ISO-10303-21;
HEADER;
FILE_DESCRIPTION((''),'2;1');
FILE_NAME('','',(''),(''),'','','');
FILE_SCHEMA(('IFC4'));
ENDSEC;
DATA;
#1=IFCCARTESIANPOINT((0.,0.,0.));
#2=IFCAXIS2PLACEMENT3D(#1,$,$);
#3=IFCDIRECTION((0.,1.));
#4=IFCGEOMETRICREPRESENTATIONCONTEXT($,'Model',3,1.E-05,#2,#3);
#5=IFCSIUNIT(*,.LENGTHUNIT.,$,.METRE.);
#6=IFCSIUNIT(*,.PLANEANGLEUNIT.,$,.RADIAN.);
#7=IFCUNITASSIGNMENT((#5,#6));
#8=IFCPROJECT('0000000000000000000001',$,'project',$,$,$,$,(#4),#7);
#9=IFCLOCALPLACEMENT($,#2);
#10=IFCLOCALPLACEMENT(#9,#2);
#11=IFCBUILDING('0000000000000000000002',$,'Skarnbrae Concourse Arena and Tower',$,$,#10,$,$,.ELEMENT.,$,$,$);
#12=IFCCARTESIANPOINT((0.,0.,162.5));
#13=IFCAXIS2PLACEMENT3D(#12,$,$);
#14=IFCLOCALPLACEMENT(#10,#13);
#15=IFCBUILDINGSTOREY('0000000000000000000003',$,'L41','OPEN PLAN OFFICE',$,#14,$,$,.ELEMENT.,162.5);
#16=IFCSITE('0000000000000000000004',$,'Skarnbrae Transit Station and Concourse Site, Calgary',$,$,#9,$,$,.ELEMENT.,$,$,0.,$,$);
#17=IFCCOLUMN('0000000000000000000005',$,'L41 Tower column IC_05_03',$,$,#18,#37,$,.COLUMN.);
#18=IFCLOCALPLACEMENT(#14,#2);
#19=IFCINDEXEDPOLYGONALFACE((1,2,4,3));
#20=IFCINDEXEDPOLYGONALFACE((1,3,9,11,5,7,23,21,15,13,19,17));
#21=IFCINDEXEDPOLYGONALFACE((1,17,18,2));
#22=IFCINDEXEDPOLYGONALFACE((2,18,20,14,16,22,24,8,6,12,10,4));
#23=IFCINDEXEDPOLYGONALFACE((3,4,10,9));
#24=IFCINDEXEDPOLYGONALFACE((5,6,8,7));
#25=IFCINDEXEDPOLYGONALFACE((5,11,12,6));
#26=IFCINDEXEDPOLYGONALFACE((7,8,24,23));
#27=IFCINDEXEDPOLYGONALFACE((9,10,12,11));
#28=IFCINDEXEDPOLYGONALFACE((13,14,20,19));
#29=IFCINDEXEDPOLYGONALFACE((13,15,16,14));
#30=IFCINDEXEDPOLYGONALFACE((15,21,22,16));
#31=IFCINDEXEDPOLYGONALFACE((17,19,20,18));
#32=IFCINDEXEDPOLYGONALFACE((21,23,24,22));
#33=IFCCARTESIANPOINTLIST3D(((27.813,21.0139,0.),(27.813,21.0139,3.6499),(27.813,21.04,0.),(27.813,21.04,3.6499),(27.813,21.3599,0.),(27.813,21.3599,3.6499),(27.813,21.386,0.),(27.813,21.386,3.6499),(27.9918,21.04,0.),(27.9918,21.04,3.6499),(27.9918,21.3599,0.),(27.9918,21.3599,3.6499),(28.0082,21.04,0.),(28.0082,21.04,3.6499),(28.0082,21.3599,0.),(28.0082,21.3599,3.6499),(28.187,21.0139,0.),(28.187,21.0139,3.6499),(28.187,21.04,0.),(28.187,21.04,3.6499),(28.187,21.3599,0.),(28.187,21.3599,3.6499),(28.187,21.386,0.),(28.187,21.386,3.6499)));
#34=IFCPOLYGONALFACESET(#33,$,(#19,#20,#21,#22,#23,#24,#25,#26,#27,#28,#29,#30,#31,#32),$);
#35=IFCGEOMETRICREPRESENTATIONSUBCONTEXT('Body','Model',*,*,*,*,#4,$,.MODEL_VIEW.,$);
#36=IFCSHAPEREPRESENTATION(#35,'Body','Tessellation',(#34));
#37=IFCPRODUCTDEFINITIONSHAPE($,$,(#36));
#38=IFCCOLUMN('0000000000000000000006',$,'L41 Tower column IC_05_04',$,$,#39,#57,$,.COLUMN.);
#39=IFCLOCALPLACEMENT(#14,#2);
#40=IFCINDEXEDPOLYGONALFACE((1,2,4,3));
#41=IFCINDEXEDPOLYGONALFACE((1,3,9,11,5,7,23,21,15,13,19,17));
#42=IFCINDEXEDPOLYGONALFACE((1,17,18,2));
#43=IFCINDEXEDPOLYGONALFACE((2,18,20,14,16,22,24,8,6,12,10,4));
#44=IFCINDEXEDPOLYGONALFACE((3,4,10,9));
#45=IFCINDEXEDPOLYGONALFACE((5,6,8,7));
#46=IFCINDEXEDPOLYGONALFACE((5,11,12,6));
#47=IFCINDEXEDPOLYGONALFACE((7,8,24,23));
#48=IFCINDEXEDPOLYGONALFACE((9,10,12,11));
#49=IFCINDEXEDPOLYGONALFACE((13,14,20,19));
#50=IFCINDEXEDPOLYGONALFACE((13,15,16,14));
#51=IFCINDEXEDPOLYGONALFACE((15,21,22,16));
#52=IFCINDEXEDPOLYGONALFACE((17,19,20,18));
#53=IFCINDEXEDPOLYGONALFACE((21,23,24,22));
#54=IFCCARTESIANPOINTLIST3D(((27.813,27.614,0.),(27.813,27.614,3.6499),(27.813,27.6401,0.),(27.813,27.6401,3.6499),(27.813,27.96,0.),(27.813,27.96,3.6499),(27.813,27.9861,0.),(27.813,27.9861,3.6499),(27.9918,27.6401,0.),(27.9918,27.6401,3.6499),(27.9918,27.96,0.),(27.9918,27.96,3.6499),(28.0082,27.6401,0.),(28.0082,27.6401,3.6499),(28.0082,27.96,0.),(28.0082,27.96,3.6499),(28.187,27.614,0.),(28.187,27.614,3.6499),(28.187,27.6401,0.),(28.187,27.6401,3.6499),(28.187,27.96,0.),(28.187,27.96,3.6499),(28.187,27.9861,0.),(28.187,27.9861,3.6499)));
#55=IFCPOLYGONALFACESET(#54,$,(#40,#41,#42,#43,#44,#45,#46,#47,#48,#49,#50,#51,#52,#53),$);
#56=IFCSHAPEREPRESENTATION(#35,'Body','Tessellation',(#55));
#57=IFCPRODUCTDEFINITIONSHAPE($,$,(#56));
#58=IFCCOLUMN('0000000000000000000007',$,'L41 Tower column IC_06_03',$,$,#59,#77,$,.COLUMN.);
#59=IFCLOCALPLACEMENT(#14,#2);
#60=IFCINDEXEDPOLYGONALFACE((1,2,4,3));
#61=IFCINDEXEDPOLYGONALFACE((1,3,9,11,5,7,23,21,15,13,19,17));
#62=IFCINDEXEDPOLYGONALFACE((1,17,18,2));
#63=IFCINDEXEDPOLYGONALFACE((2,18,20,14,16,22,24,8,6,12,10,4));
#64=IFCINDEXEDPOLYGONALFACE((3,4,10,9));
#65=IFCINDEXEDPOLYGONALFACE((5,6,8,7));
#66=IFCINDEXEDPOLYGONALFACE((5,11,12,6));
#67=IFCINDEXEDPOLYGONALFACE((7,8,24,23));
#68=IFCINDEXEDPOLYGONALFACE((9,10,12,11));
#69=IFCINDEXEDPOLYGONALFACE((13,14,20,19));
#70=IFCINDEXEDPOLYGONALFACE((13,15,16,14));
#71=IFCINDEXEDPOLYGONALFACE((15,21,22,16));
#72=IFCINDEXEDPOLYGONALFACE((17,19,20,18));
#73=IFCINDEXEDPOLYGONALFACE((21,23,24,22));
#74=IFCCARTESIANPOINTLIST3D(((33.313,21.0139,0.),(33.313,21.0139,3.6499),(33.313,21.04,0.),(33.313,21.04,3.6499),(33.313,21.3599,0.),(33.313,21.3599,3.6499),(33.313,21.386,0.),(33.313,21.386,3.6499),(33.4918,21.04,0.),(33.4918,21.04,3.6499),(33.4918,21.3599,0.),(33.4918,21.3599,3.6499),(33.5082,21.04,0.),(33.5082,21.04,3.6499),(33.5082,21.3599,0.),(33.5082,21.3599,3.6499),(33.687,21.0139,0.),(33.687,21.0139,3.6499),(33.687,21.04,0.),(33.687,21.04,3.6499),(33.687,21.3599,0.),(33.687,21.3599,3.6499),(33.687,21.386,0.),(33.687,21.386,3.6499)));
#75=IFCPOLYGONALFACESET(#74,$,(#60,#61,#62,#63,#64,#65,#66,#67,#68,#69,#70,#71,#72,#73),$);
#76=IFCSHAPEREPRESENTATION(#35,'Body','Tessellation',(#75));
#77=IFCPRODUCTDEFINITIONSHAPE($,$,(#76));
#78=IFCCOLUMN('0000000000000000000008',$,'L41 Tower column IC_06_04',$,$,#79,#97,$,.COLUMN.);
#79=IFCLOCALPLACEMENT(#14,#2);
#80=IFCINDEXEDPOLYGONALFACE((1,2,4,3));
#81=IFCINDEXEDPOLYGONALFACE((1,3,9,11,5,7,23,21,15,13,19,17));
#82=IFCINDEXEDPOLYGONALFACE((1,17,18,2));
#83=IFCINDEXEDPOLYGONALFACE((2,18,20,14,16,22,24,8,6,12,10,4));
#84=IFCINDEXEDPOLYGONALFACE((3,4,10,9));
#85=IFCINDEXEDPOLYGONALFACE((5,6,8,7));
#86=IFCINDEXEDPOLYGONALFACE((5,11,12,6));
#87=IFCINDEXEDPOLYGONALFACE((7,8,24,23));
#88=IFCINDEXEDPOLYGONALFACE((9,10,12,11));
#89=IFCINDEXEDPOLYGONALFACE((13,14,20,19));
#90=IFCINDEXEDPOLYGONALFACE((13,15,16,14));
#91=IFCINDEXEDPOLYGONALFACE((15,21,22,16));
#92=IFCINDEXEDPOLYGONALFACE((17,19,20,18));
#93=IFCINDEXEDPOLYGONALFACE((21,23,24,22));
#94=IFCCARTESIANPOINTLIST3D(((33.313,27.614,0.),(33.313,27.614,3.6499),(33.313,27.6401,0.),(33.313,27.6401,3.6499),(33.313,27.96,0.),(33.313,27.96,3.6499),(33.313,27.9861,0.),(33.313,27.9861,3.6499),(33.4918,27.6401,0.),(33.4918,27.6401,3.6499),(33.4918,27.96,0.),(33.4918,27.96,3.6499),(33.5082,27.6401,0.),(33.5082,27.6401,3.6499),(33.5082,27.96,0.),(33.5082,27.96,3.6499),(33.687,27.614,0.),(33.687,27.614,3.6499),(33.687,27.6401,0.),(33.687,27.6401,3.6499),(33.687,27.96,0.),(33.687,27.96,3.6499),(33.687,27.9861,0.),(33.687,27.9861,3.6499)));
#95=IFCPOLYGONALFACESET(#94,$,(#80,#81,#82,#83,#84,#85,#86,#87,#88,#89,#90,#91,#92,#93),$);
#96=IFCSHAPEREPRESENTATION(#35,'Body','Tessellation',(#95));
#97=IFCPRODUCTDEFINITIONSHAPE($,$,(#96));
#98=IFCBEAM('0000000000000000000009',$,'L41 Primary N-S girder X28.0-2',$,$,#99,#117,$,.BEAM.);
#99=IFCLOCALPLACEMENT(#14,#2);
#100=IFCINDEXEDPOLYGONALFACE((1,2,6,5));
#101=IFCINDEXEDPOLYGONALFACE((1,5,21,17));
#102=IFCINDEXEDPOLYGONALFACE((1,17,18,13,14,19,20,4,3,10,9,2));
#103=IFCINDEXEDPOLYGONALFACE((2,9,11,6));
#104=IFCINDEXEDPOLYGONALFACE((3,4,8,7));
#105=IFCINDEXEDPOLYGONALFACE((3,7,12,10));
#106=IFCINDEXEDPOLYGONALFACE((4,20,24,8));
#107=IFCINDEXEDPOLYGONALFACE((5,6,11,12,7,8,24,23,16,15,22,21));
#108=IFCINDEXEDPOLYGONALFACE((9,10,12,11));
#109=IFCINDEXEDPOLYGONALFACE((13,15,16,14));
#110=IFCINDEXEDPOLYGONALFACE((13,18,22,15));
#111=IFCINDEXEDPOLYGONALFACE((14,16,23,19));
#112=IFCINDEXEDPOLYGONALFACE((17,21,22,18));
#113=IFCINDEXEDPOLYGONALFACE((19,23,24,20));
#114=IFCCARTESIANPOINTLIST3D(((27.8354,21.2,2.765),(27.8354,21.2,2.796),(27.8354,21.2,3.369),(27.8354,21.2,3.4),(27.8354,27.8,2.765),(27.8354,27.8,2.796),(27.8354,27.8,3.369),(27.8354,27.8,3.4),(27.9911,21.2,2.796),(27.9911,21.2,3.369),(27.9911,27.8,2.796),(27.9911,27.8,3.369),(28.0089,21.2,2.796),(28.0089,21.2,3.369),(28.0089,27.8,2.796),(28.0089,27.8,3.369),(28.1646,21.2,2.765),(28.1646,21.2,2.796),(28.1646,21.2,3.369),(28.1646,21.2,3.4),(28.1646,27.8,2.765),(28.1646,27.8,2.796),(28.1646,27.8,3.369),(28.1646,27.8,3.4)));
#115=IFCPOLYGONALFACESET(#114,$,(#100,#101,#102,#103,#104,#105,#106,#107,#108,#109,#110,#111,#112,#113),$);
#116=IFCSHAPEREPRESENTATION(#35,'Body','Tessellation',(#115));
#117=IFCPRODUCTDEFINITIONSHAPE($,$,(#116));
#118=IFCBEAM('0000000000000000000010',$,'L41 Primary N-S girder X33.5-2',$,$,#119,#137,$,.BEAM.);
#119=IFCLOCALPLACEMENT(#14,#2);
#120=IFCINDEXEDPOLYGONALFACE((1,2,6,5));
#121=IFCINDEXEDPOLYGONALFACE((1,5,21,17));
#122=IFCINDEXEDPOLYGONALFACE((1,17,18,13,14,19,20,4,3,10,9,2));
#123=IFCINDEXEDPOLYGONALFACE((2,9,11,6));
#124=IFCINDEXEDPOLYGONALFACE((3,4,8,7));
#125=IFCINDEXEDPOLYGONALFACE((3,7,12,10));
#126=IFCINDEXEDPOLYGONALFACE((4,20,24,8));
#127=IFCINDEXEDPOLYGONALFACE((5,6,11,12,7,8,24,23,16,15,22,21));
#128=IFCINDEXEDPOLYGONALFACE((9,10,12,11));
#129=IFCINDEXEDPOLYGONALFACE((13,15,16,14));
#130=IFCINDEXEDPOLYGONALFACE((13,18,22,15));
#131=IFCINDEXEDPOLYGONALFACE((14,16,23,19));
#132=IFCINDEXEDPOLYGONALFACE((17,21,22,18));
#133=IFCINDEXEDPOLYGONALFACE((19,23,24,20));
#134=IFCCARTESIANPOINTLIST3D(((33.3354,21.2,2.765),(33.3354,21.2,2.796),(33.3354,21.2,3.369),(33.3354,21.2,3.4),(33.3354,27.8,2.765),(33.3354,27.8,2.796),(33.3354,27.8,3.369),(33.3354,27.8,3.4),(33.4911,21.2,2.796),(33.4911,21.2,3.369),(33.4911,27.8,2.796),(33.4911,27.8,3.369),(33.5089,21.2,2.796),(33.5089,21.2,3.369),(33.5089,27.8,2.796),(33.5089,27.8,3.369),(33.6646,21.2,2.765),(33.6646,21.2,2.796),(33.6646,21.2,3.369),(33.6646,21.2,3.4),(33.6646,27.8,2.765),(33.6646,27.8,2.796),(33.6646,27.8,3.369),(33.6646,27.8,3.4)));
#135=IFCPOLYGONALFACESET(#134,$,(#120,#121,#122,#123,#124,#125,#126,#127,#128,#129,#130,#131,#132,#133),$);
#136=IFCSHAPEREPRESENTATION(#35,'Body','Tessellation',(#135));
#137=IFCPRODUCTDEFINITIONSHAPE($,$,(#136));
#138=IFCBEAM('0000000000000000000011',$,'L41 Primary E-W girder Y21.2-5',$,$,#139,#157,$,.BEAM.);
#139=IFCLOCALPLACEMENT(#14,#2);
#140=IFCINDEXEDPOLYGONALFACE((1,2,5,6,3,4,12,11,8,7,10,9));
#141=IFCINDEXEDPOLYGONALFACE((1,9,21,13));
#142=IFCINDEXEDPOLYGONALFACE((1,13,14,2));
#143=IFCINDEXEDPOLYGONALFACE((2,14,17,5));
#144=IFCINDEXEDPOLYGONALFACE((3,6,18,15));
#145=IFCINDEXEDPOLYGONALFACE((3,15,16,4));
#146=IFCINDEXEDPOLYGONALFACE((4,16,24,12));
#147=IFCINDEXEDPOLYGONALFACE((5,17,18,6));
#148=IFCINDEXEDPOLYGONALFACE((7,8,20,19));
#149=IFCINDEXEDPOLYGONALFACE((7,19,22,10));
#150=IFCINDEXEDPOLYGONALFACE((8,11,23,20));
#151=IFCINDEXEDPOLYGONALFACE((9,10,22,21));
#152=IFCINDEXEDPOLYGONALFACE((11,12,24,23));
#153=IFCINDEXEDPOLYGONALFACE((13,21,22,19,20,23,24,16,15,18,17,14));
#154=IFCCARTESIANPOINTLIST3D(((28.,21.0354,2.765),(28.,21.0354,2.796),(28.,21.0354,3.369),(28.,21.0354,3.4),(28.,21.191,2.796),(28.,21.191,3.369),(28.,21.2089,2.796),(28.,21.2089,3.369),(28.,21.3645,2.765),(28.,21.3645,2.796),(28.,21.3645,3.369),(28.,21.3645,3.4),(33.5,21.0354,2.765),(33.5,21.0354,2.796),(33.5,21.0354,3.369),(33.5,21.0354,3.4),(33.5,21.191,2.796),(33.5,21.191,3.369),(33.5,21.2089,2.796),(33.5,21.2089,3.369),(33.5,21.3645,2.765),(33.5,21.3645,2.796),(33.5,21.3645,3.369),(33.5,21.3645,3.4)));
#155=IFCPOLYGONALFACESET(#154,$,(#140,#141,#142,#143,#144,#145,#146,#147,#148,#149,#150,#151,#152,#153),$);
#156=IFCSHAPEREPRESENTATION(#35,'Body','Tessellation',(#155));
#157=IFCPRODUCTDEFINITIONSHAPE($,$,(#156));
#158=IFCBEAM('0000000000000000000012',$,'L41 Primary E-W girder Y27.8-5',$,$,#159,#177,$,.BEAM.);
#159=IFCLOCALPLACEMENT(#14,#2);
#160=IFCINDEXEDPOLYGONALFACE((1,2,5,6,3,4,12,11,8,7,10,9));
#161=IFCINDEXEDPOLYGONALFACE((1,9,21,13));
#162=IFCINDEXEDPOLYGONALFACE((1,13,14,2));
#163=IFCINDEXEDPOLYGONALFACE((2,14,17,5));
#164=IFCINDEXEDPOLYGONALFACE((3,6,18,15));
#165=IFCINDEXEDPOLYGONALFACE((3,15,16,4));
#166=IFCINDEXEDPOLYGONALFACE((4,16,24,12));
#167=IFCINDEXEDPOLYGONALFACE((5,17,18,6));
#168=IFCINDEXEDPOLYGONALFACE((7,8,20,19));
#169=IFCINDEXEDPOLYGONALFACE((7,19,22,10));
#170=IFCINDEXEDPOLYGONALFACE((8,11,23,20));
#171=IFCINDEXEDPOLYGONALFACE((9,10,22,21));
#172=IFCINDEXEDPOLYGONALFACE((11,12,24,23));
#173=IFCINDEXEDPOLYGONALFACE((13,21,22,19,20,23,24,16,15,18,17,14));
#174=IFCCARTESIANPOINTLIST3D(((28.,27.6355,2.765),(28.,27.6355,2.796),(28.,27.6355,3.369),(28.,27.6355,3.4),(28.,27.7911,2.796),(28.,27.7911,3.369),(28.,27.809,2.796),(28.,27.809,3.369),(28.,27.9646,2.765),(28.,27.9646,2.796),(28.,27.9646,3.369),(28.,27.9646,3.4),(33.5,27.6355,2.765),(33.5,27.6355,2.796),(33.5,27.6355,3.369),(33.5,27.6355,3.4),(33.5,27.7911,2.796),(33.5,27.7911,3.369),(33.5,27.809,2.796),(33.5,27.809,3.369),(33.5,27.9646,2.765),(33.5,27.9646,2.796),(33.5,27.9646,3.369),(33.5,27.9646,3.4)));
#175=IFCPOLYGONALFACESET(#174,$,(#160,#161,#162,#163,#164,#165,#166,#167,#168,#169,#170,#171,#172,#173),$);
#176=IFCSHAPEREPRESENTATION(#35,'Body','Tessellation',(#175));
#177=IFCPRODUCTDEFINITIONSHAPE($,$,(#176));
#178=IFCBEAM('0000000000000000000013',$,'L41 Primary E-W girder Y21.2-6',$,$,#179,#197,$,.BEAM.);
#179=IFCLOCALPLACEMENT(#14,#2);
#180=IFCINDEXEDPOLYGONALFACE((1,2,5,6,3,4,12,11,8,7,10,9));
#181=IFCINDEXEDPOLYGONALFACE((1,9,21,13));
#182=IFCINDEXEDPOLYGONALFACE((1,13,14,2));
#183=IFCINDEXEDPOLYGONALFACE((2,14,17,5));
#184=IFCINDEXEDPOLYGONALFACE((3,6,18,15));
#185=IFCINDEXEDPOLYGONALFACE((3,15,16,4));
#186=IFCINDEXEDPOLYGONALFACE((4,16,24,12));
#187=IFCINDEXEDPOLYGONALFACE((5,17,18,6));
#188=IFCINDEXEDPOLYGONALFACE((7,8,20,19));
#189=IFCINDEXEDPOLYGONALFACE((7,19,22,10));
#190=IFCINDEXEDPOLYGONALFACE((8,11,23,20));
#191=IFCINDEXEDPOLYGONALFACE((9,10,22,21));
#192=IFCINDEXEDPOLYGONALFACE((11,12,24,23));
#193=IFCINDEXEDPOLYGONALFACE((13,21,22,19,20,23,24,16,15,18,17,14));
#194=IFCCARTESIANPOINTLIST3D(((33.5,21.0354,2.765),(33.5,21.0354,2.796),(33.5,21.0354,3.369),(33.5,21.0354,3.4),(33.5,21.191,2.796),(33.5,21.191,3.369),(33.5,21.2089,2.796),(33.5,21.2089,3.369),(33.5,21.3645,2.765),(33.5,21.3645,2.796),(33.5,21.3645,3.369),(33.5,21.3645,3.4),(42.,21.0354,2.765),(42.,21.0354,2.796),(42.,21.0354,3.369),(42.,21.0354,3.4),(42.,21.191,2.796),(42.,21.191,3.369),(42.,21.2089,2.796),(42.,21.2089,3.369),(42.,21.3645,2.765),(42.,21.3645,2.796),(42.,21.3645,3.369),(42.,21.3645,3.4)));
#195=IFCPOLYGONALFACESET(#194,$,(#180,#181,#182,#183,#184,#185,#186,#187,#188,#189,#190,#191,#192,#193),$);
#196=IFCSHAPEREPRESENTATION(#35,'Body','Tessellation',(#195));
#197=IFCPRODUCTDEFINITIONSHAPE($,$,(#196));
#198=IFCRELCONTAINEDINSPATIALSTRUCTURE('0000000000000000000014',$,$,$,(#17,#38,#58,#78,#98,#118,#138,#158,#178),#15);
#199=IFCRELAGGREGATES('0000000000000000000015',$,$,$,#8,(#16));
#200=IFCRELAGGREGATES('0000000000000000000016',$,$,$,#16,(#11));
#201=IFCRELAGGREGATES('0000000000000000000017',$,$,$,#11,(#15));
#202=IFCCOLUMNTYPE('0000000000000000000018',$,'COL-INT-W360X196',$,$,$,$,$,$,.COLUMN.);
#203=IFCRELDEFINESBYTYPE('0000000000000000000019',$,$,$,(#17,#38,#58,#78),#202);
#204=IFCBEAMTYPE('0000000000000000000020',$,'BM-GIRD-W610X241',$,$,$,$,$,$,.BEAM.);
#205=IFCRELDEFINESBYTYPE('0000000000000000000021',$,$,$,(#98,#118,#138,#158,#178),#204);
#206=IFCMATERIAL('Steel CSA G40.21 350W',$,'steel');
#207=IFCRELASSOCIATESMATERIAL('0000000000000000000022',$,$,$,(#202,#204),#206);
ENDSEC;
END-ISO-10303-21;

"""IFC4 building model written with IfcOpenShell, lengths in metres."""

from ifc_helpers import new_model, si_unit, direction, frame, origin, origin_2d, place, context, subcontext, project, spatial, i_section, extrude, source, transform, mapped, material, material_profile, profile_set, type_object, element, save


model = new_model("IFC4")

# Units and contexts
model_context = context("Model", 3, precision=1e-05, world=origin(), true_north=direction((0.0, 1.0)))
body_context = subcontext(model_context, "Body", "Model", "MODEL_VIEW")
ifc_project = project(units=[si_unit("LENGTHUNIT", "METRE"), si_unit("PLANEANGLEUNIT", "RADIAN")], contexts=[model_context])

# Site, building, storey
site_placement = place(None, origin())
site = spatial("IfcSite", under=ifc_project, at=site_placement, Name="Skarnbrae Transit Station and Concourse Site, Calgary", CompositionType="ELEMENT", RefElevation=0.0)
building_placement = place(site_placement, origin())
building = spatial("IfcBuilding", under=site, at=building_placement, Name="Skarnbrae Concourse Arena and Tower", CompositionType="ELEMENT")
storey_placement = place(building_placement, frame((0.0, 0.0, 162.5)))
storey = spatial("IfcBuildingStorey", under=building, at=storey_placement, Name="L41", Description="OPEN PLAN OFFICE", CompositionType="ELEMENT", Elevation=162.5)

# Columns
ifc_material_1 = material(Name="Steel CSA G40.21 350W", Category="steel")
ifc_material_profile_1 = material_profile(ifc_material_1, i_section(OverallWidth=0.374, OverallDepth=0.3721, WebThickness=0.0164, FlangeThickness=0.0261, at=origin_2d()), Name="W360X196")
ifc_profile_set_1 = profile_set([ifc_material_profile_1], Name="Steel CSA G40.21 350W")
column_type = type_object("IfcColumnType", Name="COL-INT-W360X196", PredefinedType="COLUMN", material=ifc_profile_set_1)
shared_shape_1 = source(origin(), body_context, "Body", "SweptSolid", [
    extrude(i_section(OverallWidth=0.374, OverallDepth=0.3721, WebThickness=0.0164, FlangeThickness=0.0261, at=origin_2d()), origin(), (0.0, 0.0, 1.0), 3.6499),
])
for number, where, z_axis, x_axis, name in (
    (1, (28.0, 21.2, 0.0), (0.0, 0.0, 1.0), (1.0, 0.0, 0.0), "L41 Tower column IC_05_03"),
    (2, (28.0, 27.8, 0.0), (0.0, 0.0, 1.0), (1.0, 0.0, 0.0), "L41 Tower column IC_05_04"),
    (3, (33.5, 21.2, 0.0), (0.0, 0.0, 1.0), (1.0, 0.0, 0.0), "L41 Tower column IC_06_03"),
    (4, (33.5, 27.8, 0.0), (0.0, 0.0, 1.0), (1.0, 0.0, 0.0), "L41 Tower column IC_06_04"),
):
    element("IfcColumn", number, at=place(storey_placement, frame(where, z_axis=z_axis, x_axis=x_axis)), inside=storey, type_object=column_type, Name=name, PredefinedType="COLUMN", context=body_context, shape_type="MappedRepresentation", body=[
        mapped(shared_shape_1, transform((0.0, 0.0, 0.0))),
    ])

# Beams
ifc_material_profile_2 = material_profile(ifc_material_1, i_section(OverallWidth=0.3291, OverallDepth=0.635, WebThickness=0.0178, FlangeThickness=0.031, at=origin_2d()), Name="W610X241")
ifc_profile_set_2 = profile_set([ifc_material_profile_2], Name="Steel CSA G40.21 350W")
beam_type_1 = type_object("IfcBeamType", Name="BM-GIRD-W610X241", PredefinedType="BEAM", material=ifc_profile_set_2)
shared_shape_2 = source(origin(), body_context, "Body", "SweptSolid", [
    extrude(i_section(OverallWidth=0.3291, OverallDepth=0.635, WebThickness=0.0178, FlangeThickness=0.031, at=origin_2d()), origin(), (0.0, 0.0, 1.0), 6.6001),
])
for number, where, z_axis, x_axis, name in (
    (5, (28.0, 21.2, 3.0825), (0.0, 1.0, 0.0), (-1.0, 0.0, 0.0), "L41 Primary N-S girder X28.0-2"),
    (6, (33.5, 21.2, 3.0825), (0.0, 1.0, 0.0), (-1.0, 0.0, 0.0), "L41 Primary N-S girder X33.5-2"),
):
    element("IfcBeam", number, at=place(storey_placement, frame(where, z_axis=z_axis, x_axis=x_axis)), inside=storey, type_object=beam_type_1, Name=name, PredefinedType="BEAM", context=body_context, shape_type="MappedRepresentation", body=[
        mapped(shared_shape_2, transform((0.0, 0.0, 0.0))),
    ])
shared_shape_3 = source(origin(), body_context, "Body", "SweptSolid", [
    extrude(i_section(OverallWidth=0.3291, OverallDepth=0.635, WebThickness=0.0178, FlangeThickness=0.031, at=origin_2d()), origin(), (0.0, 0.0, 1.0), 5.5),
])
for number, where, z_axis, x_axis, name in (
    (7, (28.0, 21.2, 3.0825), (1.0, 0.0, 0.0), (0.0, 1.0, 0.0), "L41 Primary E-W girder Y21.2-5"),
    (8, (28.0, 27.8, 3.0825), (1.0, 0.0, 0.0), (0.0, 1.0, 0.0), "L41 Primary E-W girder Y27.8-5"),
):
    element("IfcBeam", number, at=place(storey_placement, frame(where, z_axis=z_axis, x_axis=x_axis)), inside=storey, type_object=beam_type_1, Name=name, PredefinedType="BEAM", context=body_context, shape_type="MappedRepresentation", body=[
        mapped(shared_shape_3, transform((0.0, 0.0, 0.0))),
    ])
shared_shape_4 = source(origin(), body_context, "Body", "SweptSolid", [
    extrude(i_section(OverallWidth=0.3291, OverallDepth=0.635, WebThickness=0.0178, FlangeThickness=0.031, at=origin_2d()), origin(), (0.0, 0.0, 1.0), 8.5),
])
for number, where, z_axis, x_axis, name in (
    (9, (33.5, 21.2, 3.0825), (1.0, 0.0, 0.0), (0.0, 1.0, 0.0), "L41 Primary E-W girder Y21.2-6"),
):
    element("IfcBeam", number, at=place(storey_placement, frame(where, z_axis=z_axis, x_axis=x_axis)), inside=storey, type_object=beam_type_1, Name=name, PredefinedType="BEAM", context=body_context, shape_type="MappedRepresentation", body=[
        mapped(shared_shape_4, transform((0.0, 0.0, 0.0))),
    ])

save(model, "model.ifc")
